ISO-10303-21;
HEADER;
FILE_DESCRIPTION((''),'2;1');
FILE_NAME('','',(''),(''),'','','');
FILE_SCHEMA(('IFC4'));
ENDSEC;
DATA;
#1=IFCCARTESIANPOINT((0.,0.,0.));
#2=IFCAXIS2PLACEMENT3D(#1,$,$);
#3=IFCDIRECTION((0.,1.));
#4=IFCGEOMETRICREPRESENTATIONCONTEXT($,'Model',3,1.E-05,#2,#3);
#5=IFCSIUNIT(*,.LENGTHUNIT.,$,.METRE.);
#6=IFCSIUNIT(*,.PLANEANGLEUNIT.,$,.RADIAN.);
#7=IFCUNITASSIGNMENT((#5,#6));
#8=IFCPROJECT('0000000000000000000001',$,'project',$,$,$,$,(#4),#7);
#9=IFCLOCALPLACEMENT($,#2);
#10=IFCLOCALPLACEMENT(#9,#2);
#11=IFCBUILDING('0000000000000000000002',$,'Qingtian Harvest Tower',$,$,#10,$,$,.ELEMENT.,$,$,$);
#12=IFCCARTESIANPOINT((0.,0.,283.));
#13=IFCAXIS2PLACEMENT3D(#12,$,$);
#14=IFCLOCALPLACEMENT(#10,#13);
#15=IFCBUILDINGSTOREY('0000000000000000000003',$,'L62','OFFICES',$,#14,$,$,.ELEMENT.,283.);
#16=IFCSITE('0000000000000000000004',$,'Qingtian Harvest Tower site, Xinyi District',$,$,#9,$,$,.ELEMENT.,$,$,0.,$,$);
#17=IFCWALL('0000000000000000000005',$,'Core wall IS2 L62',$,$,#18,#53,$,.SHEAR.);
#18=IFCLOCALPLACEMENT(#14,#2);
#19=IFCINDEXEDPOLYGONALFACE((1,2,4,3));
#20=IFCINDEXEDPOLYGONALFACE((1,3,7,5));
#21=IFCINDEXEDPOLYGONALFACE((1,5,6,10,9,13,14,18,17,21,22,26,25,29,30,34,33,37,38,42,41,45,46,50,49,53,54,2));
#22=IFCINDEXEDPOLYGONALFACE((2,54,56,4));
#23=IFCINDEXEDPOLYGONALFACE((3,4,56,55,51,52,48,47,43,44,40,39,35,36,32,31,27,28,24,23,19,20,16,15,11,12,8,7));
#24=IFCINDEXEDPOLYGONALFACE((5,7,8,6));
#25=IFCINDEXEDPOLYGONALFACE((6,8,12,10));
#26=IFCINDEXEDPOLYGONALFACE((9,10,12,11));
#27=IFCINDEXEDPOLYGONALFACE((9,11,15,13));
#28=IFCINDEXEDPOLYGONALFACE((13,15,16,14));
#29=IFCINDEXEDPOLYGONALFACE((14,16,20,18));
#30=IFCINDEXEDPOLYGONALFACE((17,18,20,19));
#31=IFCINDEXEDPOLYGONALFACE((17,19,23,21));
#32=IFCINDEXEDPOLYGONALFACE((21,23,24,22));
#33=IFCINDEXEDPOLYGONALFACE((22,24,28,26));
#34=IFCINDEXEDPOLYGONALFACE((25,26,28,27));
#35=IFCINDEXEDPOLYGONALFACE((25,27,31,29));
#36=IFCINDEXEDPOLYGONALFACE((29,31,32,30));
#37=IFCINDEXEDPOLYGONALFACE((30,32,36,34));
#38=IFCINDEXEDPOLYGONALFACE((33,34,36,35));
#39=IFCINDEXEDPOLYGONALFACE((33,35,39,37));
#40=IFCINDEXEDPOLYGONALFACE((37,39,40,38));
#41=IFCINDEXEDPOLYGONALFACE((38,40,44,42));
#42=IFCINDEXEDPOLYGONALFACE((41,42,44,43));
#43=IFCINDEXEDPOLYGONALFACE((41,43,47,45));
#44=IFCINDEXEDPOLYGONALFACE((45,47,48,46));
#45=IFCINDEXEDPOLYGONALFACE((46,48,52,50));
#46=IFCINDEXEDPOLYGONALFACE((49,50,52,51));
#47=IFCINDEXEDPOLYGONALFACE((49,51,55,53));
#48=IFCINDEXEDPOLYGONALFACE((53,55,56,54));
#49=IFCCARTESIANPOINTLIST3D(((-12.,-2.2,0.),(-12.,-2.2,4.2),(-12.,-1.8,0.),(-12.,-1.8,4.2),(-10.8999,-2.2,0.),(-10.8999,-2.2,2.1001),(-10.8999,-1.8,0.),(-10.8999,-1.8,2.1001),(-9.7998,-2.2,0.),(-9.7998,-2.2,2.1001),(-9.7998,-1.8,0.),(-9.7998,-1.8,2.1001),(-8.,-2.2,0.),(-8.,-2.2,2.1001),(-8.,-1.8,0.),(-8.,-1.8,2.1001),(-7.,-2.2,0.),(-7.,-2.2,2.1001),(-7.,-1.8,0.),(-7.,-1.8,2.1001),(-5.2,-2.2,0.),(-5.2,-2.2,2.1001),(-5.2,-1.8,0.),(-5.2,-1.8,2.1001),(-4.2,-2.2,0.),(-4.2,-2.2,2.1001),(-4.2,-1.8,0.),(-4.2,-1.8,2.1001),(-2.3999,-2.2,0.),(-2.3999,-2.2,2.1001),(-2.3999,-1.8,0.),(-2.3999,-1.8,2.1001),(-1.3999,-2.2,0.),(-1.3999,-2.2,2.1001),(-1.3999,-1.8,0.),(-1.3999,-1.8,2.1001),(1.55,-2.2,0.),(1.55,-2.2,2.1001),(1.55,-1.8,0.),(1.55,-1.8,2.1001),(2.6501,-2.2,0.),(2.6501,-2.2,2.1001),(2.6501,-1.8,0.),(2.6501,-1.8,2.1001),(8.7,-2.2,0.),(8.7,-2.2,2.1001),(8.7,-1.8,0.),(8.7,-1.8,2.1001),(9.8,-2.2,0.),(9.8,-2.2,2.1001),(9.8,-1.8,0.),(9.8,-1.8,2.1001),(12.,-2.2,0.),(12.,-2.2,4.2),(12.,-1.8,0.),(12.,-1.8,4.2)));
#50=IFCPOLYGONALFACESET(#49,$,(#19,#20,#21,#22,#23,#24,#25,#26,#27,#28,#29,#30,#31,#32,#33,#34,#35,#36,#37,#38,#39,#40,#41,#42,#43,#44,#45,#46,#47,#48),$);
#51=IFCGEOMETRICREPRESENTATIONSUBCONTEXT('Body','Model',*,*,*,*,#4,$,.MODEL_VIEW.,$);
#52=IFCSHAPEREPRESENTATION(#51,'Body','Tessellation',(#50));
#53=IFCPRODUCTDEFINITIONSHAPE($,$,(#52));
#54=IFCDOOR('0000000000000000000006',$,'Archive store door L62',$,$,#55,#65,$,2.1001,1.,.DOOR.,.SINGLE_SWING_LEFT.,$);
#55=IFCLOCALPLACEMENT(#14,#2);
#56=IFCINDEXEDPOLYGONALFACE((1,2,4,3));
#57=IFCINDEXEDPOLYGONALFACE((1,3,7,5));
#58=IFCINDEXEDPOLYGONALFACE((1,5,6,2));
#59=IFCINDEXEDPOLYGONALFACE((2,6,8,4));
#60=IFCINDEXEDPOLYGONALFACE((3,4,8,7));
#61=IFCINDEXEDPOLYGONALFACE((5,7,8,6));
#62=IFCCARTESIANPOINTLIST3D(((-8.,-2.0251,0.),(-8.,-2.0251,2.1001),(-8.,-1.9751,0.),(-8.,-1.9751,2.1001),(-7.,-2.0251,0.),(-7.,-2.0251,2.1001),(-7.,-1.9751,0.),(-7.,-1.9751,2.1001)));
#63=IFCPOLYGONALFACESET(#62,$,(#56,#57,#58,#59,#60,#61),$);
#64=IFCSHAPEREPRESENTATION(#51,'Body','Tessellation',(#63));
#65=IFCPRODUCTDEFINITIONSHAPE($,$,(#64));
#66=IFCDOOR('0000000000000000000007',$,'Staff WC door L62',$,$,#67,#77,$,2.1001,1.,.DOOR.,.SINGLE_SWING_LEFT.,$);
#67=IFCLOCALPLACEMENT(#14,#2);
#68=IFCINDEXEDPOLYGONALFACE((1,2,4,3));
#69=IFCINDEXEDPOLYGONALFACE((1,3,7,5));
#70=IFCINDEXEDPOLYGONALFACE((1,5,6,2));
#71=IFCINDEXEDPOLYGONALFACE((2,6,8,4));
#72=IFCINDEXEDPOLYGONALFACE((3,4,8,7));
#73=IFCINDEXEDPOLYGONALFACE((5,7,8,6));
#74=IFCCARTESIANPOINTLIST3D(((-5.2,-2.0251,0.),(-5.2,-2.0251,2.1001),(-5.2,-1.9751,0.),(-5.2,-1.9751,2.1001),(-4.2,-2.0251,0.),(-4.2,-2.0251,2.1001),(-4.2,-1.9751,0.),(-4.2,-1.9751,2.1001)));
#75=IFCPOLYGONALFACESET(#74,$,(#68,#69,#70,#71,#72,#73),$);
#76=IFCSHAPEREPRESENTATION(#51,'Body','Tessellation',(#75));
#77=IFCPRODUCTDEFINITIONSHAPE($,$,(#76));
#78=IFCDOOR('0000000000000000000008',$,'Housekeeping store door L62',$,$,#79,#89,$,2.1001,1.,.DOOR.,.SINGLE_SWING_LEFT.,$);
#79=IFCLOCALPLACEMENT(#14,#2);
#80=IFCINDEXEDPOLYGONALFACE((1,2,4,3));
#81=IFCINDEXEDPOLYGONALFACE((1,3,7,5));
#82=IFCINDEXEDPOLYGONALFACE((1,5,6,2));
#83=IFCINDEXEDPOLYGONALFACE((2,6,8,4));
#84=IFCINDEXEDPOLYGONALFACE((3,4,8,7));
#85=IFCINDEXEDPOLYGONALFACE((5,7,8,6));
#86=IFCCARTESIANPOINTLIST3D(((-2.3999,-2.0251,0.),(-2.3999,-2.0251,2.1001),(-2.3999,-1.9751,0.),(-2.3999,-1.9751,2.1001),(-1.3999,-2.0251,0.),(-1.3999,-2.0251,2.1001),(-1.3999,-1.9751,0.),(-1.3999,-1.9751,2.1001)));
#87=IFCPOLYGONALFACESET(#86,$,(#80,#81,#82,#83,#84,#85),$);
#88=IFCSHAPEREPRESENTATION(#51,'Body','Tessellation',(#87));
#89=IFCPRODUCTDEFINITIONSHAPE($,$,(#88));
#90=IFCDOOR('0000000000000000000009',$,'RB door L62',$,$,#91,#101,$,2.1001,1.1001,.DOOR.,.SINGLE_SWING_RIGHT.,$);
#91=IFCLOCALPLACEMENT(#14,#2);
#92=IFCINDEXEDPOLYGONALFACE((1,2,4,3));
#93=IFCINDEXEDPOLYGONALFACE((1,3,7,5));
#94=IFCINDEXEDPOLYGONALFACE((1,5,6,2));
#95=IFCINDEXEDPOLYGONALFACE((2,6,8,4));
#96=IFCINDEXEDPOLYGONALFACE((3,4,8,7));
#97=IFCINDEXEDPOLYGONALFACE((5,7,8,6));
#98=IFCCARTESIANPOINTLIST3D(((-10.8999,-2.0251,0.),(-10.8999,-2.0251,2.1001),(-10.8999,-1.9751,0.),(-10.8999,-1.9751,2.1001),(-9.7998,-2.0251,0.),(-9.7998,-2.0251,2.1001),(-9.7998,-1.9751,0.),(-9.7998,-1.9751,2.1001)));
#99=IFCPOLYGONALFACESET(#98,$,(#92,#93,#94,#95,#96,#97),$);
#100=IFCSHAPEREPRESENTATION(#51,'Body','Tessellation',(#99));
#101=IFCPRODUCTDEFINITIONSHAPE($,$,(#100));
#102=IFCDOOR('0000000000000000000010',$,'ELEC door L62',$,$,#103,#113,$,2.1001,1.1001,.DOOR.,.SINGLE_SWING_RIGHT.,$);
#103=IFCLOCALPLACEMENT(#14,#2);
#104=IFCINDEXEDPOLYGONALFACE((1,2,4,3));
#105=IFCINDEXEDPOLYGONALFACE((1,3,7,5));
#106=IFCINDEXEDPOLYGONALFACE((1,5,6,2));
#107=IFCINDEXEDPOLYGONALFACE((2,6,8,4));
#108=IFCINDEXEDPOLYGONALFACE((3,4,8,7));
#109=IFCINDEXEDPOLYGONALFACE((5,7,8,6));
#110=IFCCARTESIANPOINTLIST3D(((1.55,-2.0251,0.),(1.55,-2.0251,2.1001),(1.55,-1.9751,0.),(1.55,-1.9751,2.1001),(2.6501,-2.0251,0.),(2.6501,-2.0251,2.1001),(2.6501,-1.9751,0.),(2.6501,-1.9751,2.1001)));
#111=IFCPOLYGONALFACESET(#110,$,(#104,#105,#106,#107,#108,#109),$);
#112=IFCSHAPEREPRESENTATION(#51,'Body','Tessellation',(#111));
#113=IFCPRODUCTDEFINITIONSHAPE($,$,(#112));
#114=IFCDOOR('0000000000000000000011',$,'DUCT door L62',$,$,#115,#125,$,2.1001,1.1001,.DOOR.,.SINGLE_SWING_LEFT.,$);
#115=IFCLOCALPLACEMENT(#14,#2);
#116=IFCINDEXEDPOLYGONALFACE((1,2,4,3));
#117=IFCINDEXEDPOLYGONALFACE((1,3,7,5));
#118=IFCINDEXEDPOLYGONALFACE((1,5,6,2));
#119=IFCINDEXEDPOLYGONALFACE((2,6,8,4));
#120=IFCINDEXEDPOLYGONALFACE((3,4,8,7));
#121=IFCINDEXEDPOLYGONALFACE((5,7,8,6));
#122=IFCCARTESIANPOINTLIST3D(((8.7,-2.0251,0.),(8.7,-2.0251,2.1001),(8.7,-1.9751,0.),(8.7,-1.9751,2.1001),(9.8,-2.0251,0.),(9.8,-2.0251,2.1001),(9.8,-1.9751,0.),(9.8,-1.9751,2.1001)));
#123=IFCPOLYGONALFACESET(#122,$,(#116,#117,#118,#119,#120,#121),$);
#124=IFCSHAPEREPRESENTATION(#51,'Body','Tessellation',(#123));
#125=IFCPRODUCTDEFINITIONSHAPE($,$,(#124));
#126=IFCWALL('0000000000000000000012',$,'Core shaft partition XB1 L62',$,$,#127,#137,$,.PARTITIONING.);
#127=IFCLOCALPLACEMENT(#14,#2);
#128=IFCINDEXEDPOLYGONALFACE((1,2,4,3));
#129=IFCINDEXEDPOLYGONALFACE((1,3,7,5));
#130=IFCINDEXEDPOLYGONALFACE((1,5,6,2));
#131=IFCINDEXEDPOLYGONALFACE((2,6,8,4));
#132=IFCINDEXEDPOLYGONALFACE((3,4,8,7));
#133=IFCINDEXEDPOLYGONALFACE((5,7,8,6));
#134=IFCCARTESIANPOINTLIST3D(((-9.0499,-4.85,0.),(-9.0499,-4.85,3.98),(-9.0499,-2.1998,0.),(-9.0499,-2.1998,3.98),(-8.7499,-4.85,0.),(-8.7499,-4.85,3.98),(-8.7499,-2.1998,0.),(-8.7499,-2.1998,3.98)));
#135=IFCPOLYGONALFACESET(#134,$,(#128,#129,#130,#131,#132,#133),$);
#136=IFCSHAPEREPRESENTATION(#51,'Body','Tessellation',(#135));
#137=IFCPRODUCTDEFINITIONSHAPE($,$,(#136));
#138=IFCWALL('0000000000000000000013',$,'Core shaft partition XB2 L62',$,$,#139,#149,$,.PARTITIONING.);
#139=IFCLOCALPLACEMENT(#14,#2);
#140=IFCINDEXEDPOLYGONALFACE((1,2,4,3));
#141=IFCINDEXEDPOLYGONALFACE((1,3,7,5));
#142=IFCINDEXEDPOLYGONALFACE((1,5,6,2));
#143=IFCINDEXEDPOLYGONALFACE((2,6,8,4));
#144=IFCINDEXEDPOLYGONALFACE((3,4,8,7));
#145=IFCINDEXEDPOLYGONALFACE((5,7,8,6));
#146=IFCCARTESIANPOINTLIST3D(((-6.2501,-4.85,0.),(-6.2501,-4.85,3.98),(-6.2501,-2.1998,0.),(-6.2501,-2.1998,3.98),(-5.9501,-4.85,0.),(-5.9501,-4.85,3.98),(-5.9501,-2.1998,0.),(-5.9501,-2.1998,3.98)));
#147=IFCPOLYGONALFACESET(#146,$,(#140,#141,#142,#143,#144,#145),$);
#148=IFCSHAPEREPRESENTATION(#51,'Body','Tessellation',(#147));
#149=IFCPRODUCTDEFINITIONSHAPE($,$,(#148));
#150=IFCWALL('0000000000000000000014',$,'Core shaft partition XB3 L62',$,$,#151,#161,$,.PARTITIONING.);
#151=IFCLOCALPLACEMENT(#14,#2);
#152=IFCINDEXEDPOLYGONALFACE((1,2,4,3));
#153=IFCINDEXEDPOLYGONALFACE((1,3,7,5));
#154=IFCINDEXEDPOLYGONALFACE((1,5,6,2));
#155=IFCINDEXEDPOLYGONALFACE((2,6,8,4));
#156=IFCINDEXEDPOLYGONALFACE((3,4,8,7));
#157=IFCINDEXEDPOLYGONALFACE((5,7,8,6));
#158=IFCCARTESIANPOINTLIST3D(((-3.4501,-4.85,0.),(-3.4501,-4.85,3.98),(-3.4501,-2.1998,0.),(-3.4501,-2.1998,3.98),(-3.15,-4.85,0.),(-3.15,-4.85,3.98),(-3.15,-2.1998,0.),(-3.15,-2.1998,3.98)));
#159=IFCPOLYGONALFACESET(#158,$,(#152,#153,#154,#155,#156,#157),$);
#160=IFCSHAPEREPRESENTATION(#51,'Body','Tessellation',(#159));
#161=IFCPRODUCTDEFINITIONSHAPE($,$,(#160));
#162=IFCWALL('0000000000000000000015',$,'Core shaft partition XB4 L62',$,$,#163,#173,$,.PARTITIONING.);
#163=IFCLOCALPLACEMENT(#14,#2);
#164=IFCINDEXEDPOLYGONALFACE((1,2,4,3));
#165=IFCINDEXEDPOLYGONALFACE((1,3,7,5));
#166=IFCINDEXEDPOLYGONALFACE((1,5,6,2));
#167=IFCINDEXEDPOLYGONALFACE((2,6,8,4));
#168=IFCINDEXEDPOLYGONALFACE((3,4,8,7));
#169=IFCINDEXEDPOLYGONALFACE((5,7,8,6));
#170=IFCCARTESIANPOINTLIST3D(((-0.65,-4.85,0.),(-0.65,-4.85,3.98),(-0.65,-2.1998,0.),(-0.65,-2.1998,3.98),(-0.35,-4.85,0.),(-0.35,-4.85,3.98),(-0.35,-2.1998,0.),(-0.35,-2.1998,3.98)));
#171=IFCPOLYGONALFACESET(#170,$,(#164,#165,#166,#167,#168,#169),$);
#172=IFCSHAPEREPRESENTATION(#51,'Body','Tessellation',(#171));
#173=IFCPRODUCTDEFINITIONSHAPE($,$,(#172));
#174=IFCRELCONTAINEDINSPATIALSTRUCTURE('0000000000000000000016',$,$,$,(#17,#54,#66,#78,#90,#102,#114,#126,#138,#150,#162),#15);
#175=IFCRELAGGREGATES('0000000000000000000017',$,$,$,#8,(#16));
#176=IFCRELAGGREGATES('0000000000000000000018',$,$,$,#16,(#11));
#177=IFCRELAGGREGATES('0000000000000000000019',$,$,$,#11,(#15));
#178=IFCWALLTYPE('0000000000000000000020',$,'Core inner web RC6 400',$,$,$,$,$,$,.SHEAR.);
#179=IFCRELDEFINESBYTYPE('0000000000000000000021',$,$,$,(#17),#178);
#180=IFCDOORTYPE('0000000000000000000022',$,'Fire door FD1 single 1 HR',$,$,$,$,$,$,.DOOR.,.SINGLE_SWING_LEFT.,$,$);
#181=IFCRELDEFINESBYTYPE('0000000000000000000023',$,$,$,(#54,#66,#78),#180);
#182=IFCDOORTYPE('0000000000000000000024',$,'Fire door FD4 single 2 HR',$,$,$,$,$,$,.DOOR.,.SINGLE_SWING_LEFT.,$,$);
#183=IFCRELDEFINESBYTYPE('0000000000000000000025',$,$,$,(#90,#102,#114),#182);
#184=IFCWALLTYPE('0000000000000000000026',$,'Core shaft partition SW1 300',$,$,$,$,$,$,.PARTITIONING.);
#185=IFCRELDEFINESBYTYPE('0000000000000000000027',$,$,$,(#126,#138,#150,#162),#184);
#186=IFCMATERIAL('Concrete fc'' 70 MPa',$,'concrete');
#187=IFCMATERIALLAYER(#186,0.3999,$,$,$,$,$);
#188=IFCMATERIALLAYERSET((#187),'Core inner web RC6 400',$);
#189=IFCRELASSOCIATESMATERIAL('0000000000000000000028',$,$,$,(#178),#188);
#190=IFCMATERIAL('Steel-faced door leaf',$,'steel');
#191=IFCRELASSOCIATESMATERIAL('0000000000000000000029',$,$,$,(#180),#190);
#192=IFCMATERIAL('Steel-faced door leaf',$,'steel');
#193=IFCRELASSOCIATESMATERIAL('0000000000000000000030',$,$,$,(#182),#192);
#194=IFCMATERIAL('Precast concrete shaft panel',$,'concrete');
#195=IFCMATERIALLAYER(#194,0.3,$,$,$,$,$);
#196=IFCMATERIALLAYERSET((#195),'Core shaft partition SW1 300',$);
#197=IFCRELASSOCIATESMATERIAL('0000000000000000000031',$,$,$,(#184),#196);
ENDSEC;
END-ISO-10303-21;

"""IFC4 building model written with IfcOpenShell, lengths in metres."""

from ifc_helpers import new_model, si_unit, direction, frame, frame_2d, origin, place, context, subcontext, project, spatial, rectangle, extrude, material, layer, layer_set, type_object, element, fill, save


model = new_model("IFC4")

# Units and contexts
model_context = context("Model", 3, precision=1e-05, world=origin(), true_north=direction((0.0, 1.0)))
body_context = subcontext(model_context, "Body", "Model", "MODEL_VIEW")
ifc_project = project(units=[si_unit("LENGTHUNIT", "METRE"), si_unit("PLANEANGLEUNIT", "RADIAN")], contexts=[model_context])

# Site, building, storey
site_placement = place(None, origin())
site = spatial("IfcSite", under=ifc_project, at=site_placement, Name="Qingtian Harvest Tower site, Xinyi District", CompositionType="ELEMENT", RefElevation=0.0)
building_placement = place(site_placement, origin())
building = spatial("IfcBuilding", under=site, at=building_placement, Name="Qingtian Harvest Tower", CompositionType="ELEMENT")
storey_placement = place(building_placement, frame((0.0, 0.0, 283.0)))
storey = spatial("IfcBuildingStorey", under=building, at=storey_placement, Name="L62", Description="OFFICES", CompositionType="ELEMENT", Elevation=283.0)

# Wall, openings, doors
ifc_material_1 = material(Name="Concrete fc' 70 MPa", Category="concrete")
ifc_layer_1 = layer(ifc_material_1, 0.3999)
ifc_layer_set_1 = layer_set([ifc_layer_1], Name="Core inner web RC6 400")
wall_type_1 = type_object("IfcWallType", Name="Core inner web RC6 400", PredefinedType="SHEAR", material=ifc_layer_set_1)
wall_1_placement = place(storey_placement, frame((-12.0, -2.0, 0.0), z_axis=(0.0, 0.0, 1.0), x_axis=(1.0, 0.0, 0.0)))
wall_1 = element("IfcWall", 1, at=wall_1_placement, inside=storey, type_object=wall_type_1, Name="Core wall IS2 L62", PredefinedType="SHEAR", context=body_context, shape_type="SweptSolid", body=[
    extrude(rectangle(XDim=24.0, YDim=0.3999, at=frame_2d((12.0, 0.0))), origin(), (0.0, 0.0, 1.0), 4.2),
])
opening_1_placement = place(wall_1_placement, frame((1.1001, 0.0, 0.0)))
opening_1 = element("IfcOpeningElement", 2, at=opening_1_placement, cuts=wall_1, PredefinedType="OPENING", context=body_context, shape_type="SweptSolid", body=[
    extrude(rectangle(XDim=1.1001, YDim=2.1001, at=frame_2d((0.55, 1.05))), frame((0.0, 0.21, 0.0), z_axis=(0.0, -1.0, 0.0), x_axis=(1.0, 0.0, 0.0)), (0.0, 0.0, 1.0), 0.4199),
])
opening_2_placement = place(wall_1_placement, frame((13.55, 0.0, 0.0)))
opening_2 = element("IfcOpeningElement", 3, at=opening_2_placement, cuts=wall_1, PredefinedType="OPENING", context=body_context, shape_type="SweptSolid", body=[
    extrude(rectangle(XDim=1.1001, YDim=2.1001, at=frame_2d((0.55, 1.05))), frame((0.0, 0.21, 0.0), z_axis=(0.0, -1.0, 0.0), x_axis=(1.0, 0.0, 0.0)), (0.0, 0.0, 1.0), 0.4199),
])
opening_3_placement = place(wall_1_placement, frame((20.7, 0.0, 0.0)))
opening_3 = element("IfcOpeningElement", 4, at=opening_3_placement, cuts=wall_1, PredefinedType="OPENING", context=body_context, shape_type="SweptSolid", body=[
    extrude(rectangle(XDim=1.1001, YDim=2.1001, at=frame_2d((0.55, 1.05))), frame((0.0, 0.21, 0.0), z_axis=(0.0, -1.0, 0.0), x_axis=(1.0, 0.0, 0.0)), (0.0, 0.0, 1.0), 0.4199),
])
opening_4_placement = place(wall_1_placement, frame((4.0, 0.0, 0.0)))
opening_4 = element("IfcOpeningElement", 5, at=opening_4_placement, cuts=wall_1, PredefinedType="OPENING", context=body_context, shape_type="SweptSolid", body=[
    extrude(rectangle(XDim=1.0, YDim=2.1001, at=frame_2d((0.5, 1.05))), frame((0.0, 0.21, 0.0), z_axis=(0.0, -1.0, 0.0), x_axis=(1.0, 0.0, 0.0)), (0.0, 0.0, 1.0), 0.4199),
])
opening_5_placement = place(wall_1_placement, frame((6.8, 0.0, 0.0)))
opening_5 = element("IfcOpeningElement", 6, at=opening_5_placement, cuts=wall_1, PredefinedType="OPENING", context=body_context, shape_type="SweptSolid", body=[
    extrude(rectangle(XDim=1.0, YDim=2.1001, at=frame_2d((0.5, 1.05))), frame((0.0, 0.21, 0.0), z_axis=(0.0, -1.0, 0.0), x_axis=(1.0, 0.0, 0.0)), (0.0, 0.0, 1.0), 0.4199),
])
opening_6_placement = place(wall_1_placement, frame((9.6001, 0.0, 0.0)))
opening_6 = element("IfcOpeningElement", 7, at=opening_6_placement, cuts=wall_1, PredefinedType="OPENING", context=body_context, shape_type="SweptSolid", body=[
    extrude(rectangle(XDim=1.0, YDim=2.1001, at=frame_2d((0.5, 1.05))), frame((0.0, 0.21, 0.0), z_axis=(0.0, -1.0, 0.0), x_axis=(1.0, 0.0, 0.0)), (0.0, 0.0, 1.0), 0.4199),
])
ifc_material_2 = material(Name="Steel-faced door leaf", Category="steel")
door_type_1 = type_object("IfcDoorType", Name="Fire door FD1 single 1 HR", OperationType="SINGLE_SWING_LEFT", PredefinedType="DOOR", material=ifc_material_2)
door_1_placement = place(opening_4_placement, origin())
door_1 = element("IfcDoor", 8, at=door_1_placement, inside=storey, type_object=door_type_1, Name="Archive store door L62", OperationType="SINGLE_SWING_LEFT", OverallHeight=2.1001, OverallWidth=1.0, PredefinedType="DOOR", context=body_context, shape_type="SweptSolid", body=[
    extrude(rectangle(XDim=1.0, YDim=2.1001, at=frame_2d((0.5, 1.05))), frame((0.0, 0.0249, 0.0), z_axis=(0.0, -1.0, 0.0), x_axis=(1.0, 0.0, 0.0)), (0.0, 0.0, 1.0), 0.05),
])
fill(opening_4, door_1)
door_2_placement = place(opening_5_placement, origin())
door_2 = element("IfcDoor", 9, at=door_2_placement, inside=storey, type_object=door_type_1, Name="Staff WC door L62", OperationType="SINGLE_SWING_LEFT", OverallHeight=2.1001, OverallWidth=1.0, PredefinedType="DOOR", context=body_context, shape_type="SweptSolid", body=[
    extrude(rectangle(XDim=1.0, YDim=2.1001, at=frame_2d((0.5, 1.05))), frame((0.0, 0.0249, 0.0), z_axis=(0.0, -1.0, 0.0), x_axis=(1.0, 0.0, 0.0)), (0.0, 0.0, 1.0), 0.05),
])
fill(opening_5, door_2)
door_3_placement = place(opening_6_placement, origin())
door_3 = element("IfcDoor", 10, at=door_3_placement, inside=storey, type_object=door_type_1, Name="Housekeeping store door L62", OperationType="SINGLE_SWING_LEFT", OverallHeight=2.1001, OverallWidth=1.0, PredefinedType="DOOR", context=body_context, shape_type="SweptSolid", body=[
    extrude(rectangle(XDim=1.0, YDim=2.1001, at=frame_2d((0.5, 1.05))), frame((0.0, 0.0249, 0.0), z_axis=(0.0, -1.0, 0.0), x_axis=(1.0, 0.0, 0.0)), (0.0, 0.0, 1.0), 0.05),
])
fill(opening_6, door_3)
ifc_material_3 = material(Name="Steel-faced door leaf", Category="steel")
door_type_2 = type_object("IfcDoorType", Name="Fire door FD4 single 2 HR", OperationType="SINGLE_SWING_LEFT", PredefinedType="DOOR", material=ifc_material_3)
door_4_placement = place(opening_1_placement, origin())
door_4 = element("IfcDoor", 11, at=door_4_placement, inside=storey, type_object=door_type_2, Name="RB door L62", OperationType="SINGLE_SWING_RIGHT", OverallHeight=2.1001, OverallWidth=1.1001, PredefinedType="DOOR", context=body_context, shape_type="SweptSolid", body=[
    extrude(rectangle(XDim=1.1001, YDim=2.1001, at=frame_2d((0.55, 1.05))), frame((0.0, 0.0249, 0.0), z_axis=(0.0, -1.0, 0.0), x_axis=(1.0, 0.0, 0.0)), (0.0, 0.0, 1.0), 0.05),
])
fill(opening_1, door_4)
door_5_placement = place(opening_2_placement, origin())
door_5 = element("IfcDoor", 12, at=door_5_placement, inside=storey, type_object=door_type_2, Name="ELEC door L62", OperationType="SINGLE_SWING_RIGHT", OverallHeight=2.1001, OverallWidth=1.1001, PredefinedType="DOOR", context=body_context, shape_type="SweptSolid", body=[
    extrude(rectangle(XDim=1.1001, YDim=2.1001, at=frame_2d((0.55, 1.05))), frame((0.0, 0.0249, 0.0), z_axis=(0.0, -1.0, 0.0), x_axis=(1.0, 0.0, 0.0)), (0.0, 0.0, 1.0), 0.05),
])
fill(opening_2, door_5)
door_6_placement = place(opening_3_placement, origin())
door_6 = element("IfcDoor", 13, at=door_6_placement, inside=storey, type_object=door_type_2, Name="DUCT door L62", OperationType="SINGLE_SWING_LEFT", OverallHeight=2.1001, OverallWidth=1.1001, PredefinedType="DOOR", context=body_context, shape_type="SweptSolid", body=[
    extrude(rectangle(XDim=1.1001, YDim=2.1001, at=frame_2d((0.55, 1.05))), frame((0.0, 0.0249, 0.0), z_axis=(0.0, -1.0, 0.0), x_axis=(1.0, 0.0, 0.0)), (0.0, 0.0, 1.0), 0.05),
])
fill(opening_3, door_6)

# Walls
ifc_material_4 = material(Name="Precast concrete shaft panel", Category="concrete")
ifc_layer_2 = layer(ifc_material_4, 0.3)
ifc_layer_set_2 = layer_set([ifc_layer_2], Name="Core shaft partition SW1 300")
wall_type_2 = type_object("IfcWallType", Name="Core shaft partition SW1 300", PredefinedType="PARTITIONING", material=ifc_layer_set_2)
for number, where, z_axis, x_axis, name in (
    (14, (-8.8999, -4.8501, 0.0), (0.0, 0.0, 1.0), (0.0, 1.0, 0.0), "Core shaft partition XB1 L62"),
    (15, (-6.1001, -4.8501, 0.0), (0.0, 0.0, 1.0), (0.0, 1.0, 0.0), "Core shaft partition XB2 L62"),
    (16, (-3.3, -4.8501, 0.0), (0.0, 0.0, 1.0), (0.0, 1.0, 0.0), "Core shaft partition XB3 L62"),
    (17, (-0.5, -4.8501, 0.0), (0.0, 0.0, 1.0), (0.0, 1.0, 0.0), "Core shaft partition XB4 L62"),
):
    element("IfcWall", number, at=place(storey_placement, frame(where, z_axis=z_axis, x_axis=x_axis)), inside=storey, type_object=wall_type_2, Name=name, PredefinedType="PARTITIONING", context=body_context, shape_type="SweptSolid", body=[
        extrude(rectangle(XDim=2.6501, YDim=0.3, at=frame_2d((1.3252, 0.0))), origin(), (0.0, 0.0, 1.0), 3.98),
    ])

save(model, "model.ifc")
